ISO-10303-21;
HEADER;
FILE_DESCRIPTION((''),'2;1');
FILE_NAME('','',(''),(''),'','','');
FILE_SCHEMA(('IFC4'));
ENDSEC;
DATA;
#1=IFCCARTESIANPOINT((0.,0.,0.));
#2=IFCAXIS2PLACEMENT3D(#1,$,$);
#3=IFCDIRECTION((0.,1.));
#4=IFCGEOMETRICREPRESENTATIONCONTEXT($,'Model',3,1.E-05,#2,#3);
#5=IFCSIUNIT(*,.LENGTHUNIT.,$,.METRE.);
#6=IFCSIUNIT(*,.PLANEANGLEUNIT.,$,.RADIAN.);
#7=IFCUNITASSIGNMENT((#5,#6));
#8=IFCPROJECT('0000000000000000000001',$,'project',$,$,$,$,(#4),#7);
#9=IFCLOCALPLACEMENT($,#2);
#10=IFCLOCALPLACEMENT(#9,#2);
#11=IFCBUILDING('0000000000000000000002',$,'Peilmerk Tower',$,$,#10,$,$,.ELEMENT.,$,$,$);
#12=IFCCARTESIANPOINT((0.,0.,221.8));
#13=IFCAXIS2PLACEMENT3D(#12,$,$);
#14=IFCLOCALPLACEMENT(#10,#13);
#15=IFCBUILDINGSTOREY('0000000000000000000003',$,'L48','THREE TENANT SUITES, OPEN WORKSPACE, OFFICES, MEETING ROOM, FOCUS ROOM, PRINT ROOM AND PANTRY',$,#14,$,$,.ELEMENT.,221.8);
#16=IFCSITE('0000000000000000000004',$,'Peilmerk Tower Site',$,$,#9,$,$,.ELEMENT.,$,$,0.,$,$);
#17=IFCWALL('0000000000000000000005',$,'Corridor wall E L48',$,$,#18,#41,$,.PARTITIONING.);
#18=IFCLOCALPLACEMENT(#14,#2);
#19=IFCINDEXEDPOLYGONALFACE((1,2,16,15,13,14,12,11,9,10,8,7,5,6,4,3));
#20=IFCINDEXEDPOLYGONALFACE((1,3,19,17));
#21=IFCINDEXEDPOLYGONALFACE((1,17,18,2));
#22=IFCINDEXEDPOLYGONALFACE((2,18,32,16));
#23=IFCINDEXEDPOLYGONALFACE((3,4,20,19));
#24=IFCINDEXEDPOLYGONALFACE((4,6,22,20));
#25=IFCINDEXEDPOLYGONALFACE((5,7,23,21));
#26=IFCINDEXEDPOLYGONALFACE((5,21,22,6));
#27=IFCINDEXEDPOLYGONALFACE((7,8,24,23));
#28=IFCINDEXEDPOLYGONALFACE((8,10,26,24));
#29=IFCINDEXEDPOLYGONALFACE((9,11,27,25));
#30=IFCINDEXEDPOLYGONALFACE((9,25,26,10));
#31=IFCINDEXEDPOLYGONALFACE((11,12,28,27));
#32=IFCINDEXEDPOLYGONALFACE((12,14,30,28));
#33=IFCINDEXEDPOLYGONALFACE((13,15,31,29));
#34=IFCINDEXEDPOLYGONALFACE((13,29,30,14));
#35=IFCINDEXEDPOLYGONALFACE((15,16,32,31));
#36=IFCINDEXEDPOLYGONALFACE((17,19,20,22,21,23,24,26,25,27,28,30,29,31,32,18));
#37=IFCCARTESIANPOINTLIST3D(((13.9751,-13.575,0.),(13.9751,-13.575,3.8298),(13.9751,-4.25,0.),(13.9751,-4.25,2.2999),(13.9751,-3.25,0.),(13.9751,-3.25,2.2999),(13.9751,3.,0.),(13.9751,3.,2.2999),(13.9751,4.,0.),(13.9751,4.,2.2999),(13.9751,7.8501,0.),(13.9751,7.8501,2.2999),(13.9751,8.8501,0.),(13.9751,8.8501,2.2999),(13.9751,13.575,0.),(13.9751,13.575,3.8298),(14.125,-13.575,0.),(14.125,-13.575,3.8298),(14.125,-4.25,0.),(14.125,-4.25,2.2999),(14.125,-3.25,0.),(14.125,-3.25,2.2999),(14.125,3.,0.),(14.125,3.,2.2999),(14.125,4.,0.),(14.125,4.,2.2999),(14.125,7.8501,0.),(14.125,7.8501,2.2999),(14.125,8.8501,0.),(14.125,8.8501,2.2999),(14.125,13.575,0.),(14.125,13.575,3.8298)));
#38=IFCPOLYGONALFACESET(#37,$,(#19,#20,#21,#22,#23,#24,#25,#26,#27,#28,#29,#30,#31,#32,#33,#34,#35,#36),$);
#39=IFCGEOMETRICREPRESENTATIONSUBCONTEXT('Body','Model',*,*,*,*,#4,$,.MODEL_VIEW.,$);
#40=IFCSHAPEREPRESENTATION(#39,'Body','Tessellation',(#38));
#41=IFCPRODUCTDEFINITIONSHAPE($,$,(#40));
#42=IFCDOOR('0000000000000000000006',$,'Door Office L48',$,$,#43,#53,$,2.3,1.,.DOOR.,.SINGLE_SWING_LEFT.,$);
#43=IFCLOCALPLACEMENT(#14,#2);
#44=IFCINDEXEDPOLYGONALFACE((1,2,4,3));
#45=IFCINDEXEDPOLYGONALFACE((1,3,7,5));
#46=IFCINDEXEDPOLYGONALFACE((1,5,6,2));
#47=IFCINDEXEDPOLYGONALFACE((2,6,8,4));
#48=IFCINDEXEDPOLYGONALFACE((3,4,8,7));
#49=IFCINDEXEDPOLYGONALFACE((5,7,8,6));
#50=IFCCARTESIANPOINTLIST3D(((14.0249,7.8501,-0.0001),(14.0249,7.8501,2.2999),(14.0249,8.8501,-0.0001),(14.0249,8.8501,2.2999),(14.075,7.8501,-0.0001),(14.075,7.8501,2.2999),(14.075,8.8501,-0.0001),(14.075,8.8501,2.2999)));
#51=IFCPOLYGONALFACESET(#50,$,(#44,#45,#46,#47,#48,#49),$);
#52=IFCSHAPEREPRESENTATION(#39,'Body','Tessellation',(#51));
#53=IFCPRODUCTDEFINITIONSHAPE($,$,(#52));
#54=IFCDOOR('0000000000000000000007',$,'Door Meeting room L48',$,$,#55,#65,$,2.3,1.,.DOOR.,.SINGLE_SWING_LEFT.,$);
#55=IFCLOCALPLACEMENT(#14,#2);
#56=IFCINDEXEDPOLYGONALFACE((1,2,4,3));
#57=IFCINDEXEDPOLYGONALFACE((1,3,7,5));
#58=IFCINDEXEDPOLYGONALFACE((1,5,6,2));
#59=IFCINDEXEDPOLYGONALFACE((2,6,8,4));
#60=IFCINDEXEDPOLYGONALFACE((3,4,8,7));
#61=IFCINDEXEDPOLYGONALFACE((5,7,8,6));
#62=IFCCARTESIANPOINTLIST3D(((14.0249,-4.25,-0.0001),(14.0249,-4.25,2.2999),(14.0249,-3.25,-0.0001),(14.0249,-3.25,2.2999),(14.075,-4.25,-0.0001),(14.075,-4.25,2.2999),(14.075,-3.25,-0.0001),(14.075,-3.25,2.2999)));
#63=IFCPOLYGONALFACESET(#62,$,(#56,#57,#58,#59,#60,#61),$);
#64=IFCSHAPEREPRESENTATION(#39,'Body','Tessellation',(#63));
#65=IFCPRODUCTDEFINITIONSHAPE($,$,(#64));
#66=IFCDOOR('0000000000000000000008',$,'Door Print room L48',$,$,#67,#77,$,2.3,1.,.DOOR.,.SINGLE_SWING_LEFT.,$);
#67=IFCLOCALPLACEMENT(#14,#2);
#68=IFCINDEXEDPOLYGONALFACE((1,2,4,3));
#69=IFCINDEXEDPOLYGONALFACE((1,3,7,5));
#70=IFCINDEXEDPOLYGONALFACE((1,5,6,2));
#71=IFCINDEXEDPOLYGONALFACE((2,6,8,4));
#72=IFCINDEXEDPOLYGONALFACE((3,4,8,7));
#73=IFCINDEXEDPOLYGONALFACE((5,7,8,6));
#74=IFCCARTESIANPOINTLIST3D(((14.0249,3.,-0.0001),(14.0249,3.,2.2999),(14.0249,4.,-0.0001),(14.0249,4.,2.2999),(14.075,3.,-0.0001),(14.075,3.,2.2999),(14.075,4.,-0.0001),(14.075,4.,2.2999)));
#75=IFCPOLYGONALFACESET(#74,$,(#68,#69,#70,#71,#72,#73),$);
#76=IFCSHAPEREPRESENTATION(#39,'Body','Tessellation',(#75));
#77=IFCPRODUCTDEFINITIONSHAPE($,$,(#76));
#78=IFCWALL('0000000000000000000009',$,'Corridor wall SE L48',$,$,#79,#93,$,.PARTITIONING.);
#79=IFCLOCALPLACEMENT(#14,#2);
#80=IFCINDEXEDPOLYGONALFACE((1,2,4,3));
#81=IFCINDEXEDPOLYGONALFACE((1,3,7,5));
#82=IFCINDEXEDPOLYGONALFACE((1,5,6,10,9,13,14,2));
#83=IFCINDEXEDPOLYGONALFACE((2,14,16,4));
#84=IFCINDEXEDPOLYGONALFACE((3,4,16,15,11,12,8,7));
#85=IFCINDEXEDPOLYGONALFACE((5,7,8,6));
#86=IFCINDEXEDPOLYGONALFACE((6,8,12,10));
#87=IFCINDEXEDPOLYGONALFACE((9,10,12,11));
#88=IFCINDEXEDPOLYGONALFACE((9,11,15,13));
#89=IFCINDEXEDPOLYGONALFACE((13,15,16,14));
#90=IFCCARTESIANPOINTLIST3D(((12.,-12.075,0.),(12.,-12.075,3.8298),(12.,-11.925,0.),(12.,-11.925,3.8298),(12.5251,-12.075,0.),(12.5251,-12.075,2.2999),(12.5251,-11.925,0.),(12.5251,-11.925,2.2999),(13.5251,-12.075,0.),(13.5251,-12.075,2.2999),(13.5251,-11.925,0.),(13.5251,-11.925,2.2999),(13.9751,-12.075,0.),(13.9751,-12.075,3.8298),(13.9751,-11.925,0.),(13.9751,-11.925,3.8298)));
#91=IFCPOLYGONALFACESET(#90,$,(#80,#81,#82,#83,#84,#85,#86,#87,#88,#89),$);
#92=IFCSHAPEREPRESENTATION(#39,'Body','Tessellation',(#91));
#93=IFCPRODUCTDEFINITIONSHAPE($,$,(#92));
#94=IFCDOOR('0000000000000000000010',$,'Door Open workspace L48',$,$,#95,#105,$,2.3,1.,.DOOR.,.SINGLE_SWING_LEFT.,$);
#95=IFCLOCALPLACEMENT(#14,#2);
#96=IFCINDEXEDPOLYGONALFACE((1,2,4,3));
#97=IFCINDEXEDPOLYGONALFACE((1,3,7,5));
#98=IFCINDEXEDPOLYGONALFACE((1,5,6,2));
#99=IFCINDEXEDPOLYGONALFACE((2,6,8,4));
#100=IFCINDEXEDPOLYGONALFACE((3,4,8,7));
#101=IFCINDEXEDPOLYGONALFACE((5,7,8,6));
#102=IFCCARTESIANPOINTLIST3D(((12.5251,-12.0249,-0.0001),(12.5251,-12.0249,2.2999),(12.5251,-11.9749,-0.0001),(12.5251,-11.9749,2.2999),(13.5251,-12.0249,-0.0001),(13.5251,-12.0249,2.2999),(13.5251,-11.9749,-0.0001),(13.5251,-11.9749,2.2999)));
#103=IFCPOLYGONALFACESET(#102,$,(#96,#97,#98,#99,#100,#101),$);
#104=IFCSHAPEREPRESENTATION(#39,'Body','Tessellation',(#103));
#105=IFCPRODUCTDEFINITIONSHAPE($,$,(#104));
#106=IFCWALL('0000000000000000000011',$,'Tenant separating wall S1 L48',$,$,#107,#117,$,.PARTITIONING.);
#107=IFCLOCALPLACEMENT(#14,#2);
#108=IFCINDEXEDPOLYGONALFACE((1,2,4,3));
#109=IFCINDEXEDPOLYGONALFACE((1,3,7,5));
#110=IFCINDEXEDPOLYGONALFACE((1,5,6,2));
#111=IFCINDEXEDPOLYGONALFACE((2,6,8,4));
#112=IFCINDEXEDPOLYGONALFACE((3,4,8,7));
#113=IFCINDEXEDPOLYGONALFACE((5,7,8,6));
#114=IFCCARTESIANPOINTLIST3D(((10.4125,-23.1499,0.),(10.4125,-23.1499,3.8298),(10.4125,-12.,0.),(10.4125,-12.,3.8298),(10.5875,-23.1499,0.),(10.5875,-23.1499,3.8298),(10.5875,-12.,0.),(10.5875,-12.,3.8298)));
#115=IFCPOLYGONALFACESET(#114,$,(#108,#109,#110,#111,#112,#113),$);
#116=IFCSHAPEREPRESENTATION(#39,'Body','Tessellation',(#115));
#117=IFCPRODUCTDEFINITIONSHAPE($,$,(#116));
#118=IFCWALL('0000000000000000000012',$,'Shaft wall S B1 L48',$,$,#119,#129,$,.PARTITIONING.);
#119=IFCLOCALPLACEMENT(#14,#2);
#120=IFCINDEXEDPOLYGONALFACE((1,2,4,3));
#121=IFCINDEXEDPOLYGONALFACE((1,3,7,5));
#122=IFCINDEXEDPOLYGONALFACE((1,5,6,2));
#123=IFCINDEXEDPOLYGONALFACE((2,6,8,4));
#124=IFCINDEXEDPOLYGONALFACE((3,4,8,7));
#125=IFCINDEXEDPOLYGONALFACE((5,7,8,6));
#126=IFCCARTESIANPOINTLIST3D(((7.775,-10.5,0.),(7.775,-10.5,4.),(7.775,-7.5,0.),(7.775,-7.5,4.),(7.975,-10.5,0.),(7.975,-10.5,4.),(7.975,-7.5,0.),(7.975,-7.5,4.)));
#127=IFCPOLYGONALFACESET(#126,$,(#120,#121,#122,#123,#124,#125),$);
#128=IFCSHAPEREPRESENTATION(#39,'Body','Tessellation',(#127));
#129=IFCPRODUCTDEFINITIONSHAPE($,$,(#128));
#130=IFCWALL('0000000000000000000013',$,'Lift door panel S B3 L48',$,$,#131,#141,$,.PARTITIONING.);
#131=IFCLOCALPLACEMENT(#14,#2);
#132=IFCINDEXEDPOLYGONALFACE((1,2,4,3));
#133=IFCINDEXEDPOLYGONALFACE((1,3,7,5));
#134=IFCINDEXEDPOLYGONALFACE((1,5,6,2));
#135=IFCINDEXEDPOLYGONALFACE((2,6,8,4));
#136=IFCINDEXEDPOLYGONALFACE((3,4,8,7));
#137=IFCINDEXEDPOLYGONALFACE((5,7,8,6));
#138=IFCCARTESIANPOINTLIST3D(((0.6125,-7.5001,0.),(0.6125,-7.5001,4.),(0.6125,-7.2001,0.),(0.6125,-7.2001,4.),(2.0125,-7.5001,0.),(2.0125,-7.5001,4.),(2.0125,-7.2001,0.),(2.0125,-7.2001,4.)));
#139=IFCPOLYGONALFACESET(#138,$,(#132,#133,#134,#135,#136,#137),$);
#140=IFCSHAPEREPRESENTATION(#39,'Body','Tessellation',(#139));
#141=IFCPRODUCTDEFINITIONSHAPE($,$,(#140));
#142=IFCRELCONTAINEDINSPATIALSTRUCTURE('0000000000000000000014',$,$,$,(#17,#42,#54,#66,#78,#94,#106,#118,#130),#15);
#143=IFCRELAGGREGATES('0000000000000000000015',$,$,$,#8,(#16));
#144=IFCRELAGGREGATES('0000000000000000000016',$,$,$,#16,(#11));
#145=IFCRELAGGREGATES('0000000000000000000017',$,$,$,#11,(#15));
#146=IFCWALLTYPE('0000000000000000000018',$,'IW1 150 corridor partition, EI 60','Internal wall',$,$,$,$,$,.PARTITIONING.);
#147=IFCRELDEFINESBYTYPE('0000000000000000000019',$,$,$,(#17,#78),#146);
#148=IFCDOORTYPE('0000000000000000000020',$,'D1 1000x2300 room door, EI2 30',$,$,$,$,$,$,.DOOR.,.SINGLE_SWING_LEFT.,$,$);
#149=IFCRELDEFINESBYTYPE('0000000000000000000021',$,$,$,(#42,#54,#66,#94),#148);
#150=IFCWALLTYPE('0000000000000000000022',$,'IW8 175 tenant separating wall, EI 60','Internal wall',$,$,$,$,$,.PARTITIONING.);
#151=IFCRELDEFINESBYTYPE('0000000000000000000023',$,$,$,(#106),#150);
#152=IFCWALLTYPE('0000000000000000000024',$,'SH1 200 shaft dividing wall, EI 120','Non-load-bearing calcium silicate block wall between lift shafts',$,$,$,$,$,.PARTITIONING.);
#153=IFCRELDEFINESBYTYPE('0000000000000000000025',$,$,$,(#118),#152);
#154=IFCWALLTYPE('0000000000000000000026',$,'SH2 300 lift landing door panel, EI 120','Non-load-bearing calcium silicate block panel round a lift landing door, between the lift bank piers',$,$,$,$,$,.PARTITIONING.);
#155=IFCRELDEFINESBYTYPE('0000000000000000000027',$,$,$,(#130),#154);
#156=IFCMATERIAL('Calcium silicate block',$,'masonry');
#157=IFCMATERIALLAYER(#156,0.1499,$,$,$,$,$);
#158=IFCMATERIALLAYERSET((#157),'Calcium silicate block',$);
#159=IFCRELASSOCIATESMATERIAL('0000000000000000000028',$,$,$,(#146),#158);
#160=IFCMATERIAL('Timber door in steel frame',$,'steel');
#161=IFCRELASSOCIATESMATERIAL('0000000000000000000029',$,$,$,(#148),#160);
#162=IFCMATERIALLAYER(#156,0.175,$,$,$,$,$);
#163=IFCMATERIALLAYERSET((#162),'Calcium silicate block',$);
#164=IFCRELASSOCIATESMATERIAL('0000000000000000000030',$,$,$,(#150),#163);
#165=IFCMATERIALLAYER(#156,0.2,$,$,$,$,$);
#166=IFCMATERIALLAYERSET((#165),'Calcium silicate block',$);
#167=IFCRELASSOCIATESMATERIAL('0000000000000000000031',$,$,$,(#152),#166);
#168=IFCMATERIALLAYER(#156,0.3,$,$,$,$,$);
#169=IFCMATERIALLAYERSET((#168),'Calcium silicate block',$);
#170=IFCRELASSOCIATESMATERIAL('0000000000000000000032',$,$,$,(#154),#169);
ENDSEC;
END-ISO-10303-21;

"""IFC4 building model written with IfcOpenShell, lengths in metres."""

from ifc_helpers import new_model, si_unit, direction, frame, frame_2d, origin, place, context, subcontext, project, spatial, rectangle, extrude, material, layer, layer_set, type_object, element, fill, save


model = new_model("IFC4")

# Units and contexts
model_context = context("Model", 3, precision=1e-05, world=origin(), true_north=direction((0.0, 1.0)))
body_context = subcontext(model_context, "Body", "Model", "MODEL_VIEW")
ifc_project = project(units=[si_unit("LENGTHUNIT", "METRE"), si_unit("PLANEANGLEUNIT", "RADIAN")], contexts=[model_context])

# Site, building, storey
site_placement = place(None, origin())
site = spatial("IfcSite", under=ifc_project, at=site_placement, Name="Peilmerk Tower Site", CompositionType="ELEMENT", RefElevation=0.0)
building_placement = place(site_placement, origin())
building = spatial("IfcBuilding", under=site, at=building_placement, Name="Peilmerk Tower", CompositionType="ELEMENT")
storey_placement = place(building_placement, frame((0.0, 0.0, 221.8)))
storey = spatial("IfcBuildingStorey", under=building, at=storey_placement, Name="L48", Description="THREE TENANT SUITES, OPEN WORKSPACE, OFFICES, MEETING ROOM, FOCUS ROOM, PRINT ROOM AND PANTRY", CompositionType="ELEMENT", Elevation=221.8)

# Wall, openings, doors
ifc_material_1 = material(Name="Calcium silicate block", Category="masonry")
ifc_layer_1 = layer(ifc_material_1, 0.1499)
ifc_layer_set_1 = layer_set([ifc_layer_1], Name="Calcium silicate block")
wall_type_1 = type_object("IfcWallType", Name="IW1 150 corridor partition, EI 60", Description="Internal wall", PredefinedType="PARTITIONING", material=ifc_layer_set_1)
wall_1_placement = place(storey_placement, frame((14.05, -13.575, 0.0), z_axis=(0.0, 0.0, 1.0), x_axis=(0.0, 1.0, 0.0)))
wall_1 = element("IfcWall", 1, at=wall_1_placement, inside=storey, type_object=wall_type_1, Name="Corridor wall E L48", PredefinedType="PARTITIONING", context=body_context, shape_type="SweptSolid", body=[
    extrude(rectangle(XDim=27.1499, YDim=0.1499, at=frame_2d((13.575, 0.0))), origin(), (0.0, 0.0, 1.0), 3.8298),
])
opening_1_placement = place(wall_1_placement, frame((21.425, 0.0, 0.0)))
opening_1 = element("IfcOpeningElement", 2, at=opening_1_placement, cuts=wall_1, PredefinedType="OPENING", context=body_context, shape_type="SweptSolid", body=[
    extrude(rectangle(XDim=1.0, YDim=2.3, at=frame_2d((0.5, 1.1499))), frame((0.0, 0.085, 0.0), z_axis=(0.0, -1.0, 0.0), x_axis=(1.0, 0.0, 0.0)), (0.0, 0.0, 1.0), 0.1699),
])
opening_2_placement = place(wall_1_placement, frame((9.325, 0.0, 0.0)))
opening_2 = element("IfcOpeningElement", 3, at=opening_2_placement, cuts=wall_1, PredefinedType="OPENING", context=body_context, shape_type="SweptSolid", body=[
    extrude(rectangle(XDim=1.0, YDim=2.3, at=frame_2d((0.5, 1.1499))), frame((0.0, 0.085, 0.0), z_axis=(0.0, -1.0, 0.0), x_axis=(1.0, 0.0, 0.0)), (0.0, 0.0, 1.0), 0.1699),
])
opening_3_placement = place(wall_1_placement, frame((16.575, 0.0, 0.0)))
opening_3 = element("IfcOpeningElement", 4, at=opening_3_placement, cuts=wall_1, PredefinedType="OPENING", context=body_context, shape_type="SweptSolid", body=[
    extrude(rectangle(XDim=1.0, YDim=2.3, at=frame_2d((0.5, 1.1499))), frame((0.0, 0.085, 0.0), z_axis=(0.0, -1.0, 0.0), x_axis=(1.0, 0.0, 0.0)), (0.0, 0.0, 1.0), 0.1699),
])
ifc_material_2 = material(Name="Timber door in steel frame", Category="steel")
door_type_1 = type_object("IfcDoorType", Name="D1 1000x2300 room door, EI2 30", OperationType="SINGLE_SWING_LEFT", PredefinedType="DOOR", material=ifc_material_2)
door_1_placement = place(opening_1_placement, frame((1.0, 0.0, 0.0), z_axis=(0.0, 0.0, 1.0), x_axis=(-1.0, 0.0, 0.0)))
door_1 = element("IfcDoor", 5, at=door_1_placement, inside=storey, type_object=door_type_1, Name="Door Office L48", OperationType="SINGLE_SWING_LEFT", OverallHeight=2.3, OverallWidth=1.0, PredefinedType="DOOR", context=body_context, shape_type="SweptSolid", body=[
    extrude(rectangle(XDim=1.0, YDim=2.3, at=frame_2d((0.5, 1.1499))), frame((0.0, 0.0249, 0.0), z_axis=(0.0, -1.0, 0.0), x_axis=(1.0, 0.0, 0.0)), (0.0, 0.0, 1.0), 0.05),
])
fill(opening_1, door_1)
door_2_placement = place(opening_2_placement, frame((1.0, 0.0, 0.0), z_axis=(0.0, 0.0, 1.0), x_axis=(-1.0, 0.0, 0.0)))
door_2 = element("IfcDoor", 6, at=door_2_placement, inside=storey, type_object=door_type_1, Name="Door Meeting room L48", OperationType="SINGLE_SWING_LEFT", OverallHeight=2.3, OverallWidth=1.0, PredefinedType="DOOR", context=body_context, shape_type="SweptSolid", body=[
    extrude(rectangle(XDim=1.0, YDim=2.3, at=frame_2d((0.5, 1.1499))), frame((0.0, 0.0249, 0.0), z_axis=(0.0, -1.0, 0.0), x_axis=(1.0, 0.0, 0.0)), (0.0, 0.0, 1.0), 0.05),
])
fill(opening_2, door_2)
door_3_placement = place(opening_3_placement, frame((1.0, 0.0, 0.0), z_axis=(0.0, 0.0, 1.0), x_axis=(-1.0, 0.0, 0.0)))
door_3 = element("IfcDoor", 7, at=door_3_placement, inside=storey, type_object=door_type_1, Name="Door Print room L48", OperationType="SINGLE_SWING_LEFT", OverallHeight=2.3, OverallWidth=1.0, PredefinedType="DOOR", context=body_context, shape_type="SweptSolid", body=[
    extrude(rectangle(XDim=1.0, YDim=2.3, at=frame_2d((0.5, 1.1499))), frame((0.0, 0.0249, 0.0), z_axis=(0.0, -1.0, 0.0), x_axis=(1.0, 0.0, 0.0)), (0.0, 0.0, 1.0), 0.05),
])
fill(opening_3, door_3)

# Wall, opening, door
wall_2_placement = place(storey_placement, frame((13.9751, -12.0, 0.0), z_axis=(0.0, 0.0, 1.0), x_axis=(-1.0, 0.0, 0.0)))
wall_2 = element("IfcWall", 8, at=wall_2_placement, inside=storey, type_object=wall_type_1, Name="Corridor wall SE L48", PredefinedType="PARTITIONING", context=body_context, shape_type="SweptSolid", body=[
    extrude(rectangle(XDim=1.9751, YDim=0.1499, at=frame_2d((0.9875, 0.0))), origin(), (0.0, 0.0, 1.0), 3.8298),
])
opening_4_placement = place(wall_2_placement, frame((0.45, 0.0, 0.0)))
opening_4 = element("IfcOpeningElement", 9, at=opening_4_placement, cuts=wall_2, PredefinedType="OPENING", context=body_context, shape_type="SweptSolid", body=[
    extrude(rectangle(XDim=1.0, YDim=2.3, at=frame_2d((0.5, 1.1499))), frame((0.0, 0.085, 0.0), z_axis=(0.0, -1.0, 0.0), x_axis=(1.0, 0.0, 0.0)), (0.0, 0.0, 1.0), 0.1699),
])
door_4_placement = place(opening_4_placement, origin())
door_4 = element("IfcDoor", 10, at=door_4_placement, inside=storey, type_object=door_type_1, Name="Door Open workspace L48", OperationType="SINGLE_SWING_LEFT", OverallHeight=2.3, OverallWidth=1.0, PredefinedType="DOOR", context=body_context, shape_type="SweptSolid", body=[
    extrude(rectangle(XDim=1.0, YDim=2.3, at=frame_2d((0.5, 1.1499))), frame((0.0, 0.0249, 0.0), z_axis=(0.0, -1.0, 0.0), x_axis=(1.0, 0.0, 0.0)), (0.0, 0.0, 1.0), 0.05),
])
fill(opening_4, door_4)

# Walls
ifc_layer_2 = layer(ifc_material_1, 0.175)
ifc_layer_set_2 = layer_set([ifc_layer_2], Name="Calcium silicate block")
wall_type_2 = type_object("IfcWallType", Name="IW8 175 tenant separating wall, EI 60", Description="Internal wall", PredefinedType="PARTITIONING", material=ifc_layer_set_2)
wall_3_placement = place(storey_placement, frame((10.5, -12.0, 0.0), z_axis=(0.0, 0.0, 1.0), x_axis=(0.0, -1.0, 0.0)))
element("IfcWall", 11, at=wall_3_placement, inside=storey, type_object=wall_type_2, Name="Tenant separating wall S1 L48", PredefinedType="PARTITIONING", context=body_context, shape_type="SweptSolid", body=[
    extrude(rectangle(XDim=11.1499, YDim=0.175, at=frame_2d((5.575, 0.0))), origin(), (0.0, 0.0, 1.0), 3.8298),
])
ifc_layer_3 = layer(ifc_material_1, 0.2)
ifc_layer_set_3 = layer_set([ifc_layer_3], Name="Calcium silicate block")
wall_type_3 = type_object("IfcWallType", Name="SH1 200 shaft dividing wall, EI 120", Description="Non-load-bearing calcium silicate block wall between lift shafts", PredefinedType="PARTITIONING", material=ifc_layer_set_3)
wall_4_placement = place(storey_placement, frame((7.875, -10.5, 0.0), z_axis=(0.0, 0.0, 1.0), x_axis=(0.0, 1.0, 0.0)))
element("IfcWall", 12, at=wall_4_placement, inside=storey, type_object=wall_type_3, Name="Shaft wall S B1 L48", PredefinedType="PARTITIONING", context=body_context, shape_type="SweptSolid", body=[
    extrude(rectangle(XDim=3.0, YDim=0.2, at=frame_2d((1.5, 0.0))), origin(), (0.0, 0.0, 1.0), 4.0),
])
ifc_layer_4 = layer(ifc_material_1, 0.3)
ifc_layer_set_4 = layer_set([ifc_layer_4], Name="Calcium silicate block")
wall_type_4 = type_object("IfcWallType", Name="SH2 300 lift landing door panel, EI 120", Description="Non-load-bearing calcium silicate block panel round a lift landing door, between the lift bank piers", PredefinedType="PARTITIONING", material=ifc_layer_set_4)
wall_5_placement = place(storey_placement, frame((0.6125, -7.3501, 0.0), z_axis=(0.0, 0.0, 1.0), x_axis=(1.0, 0.0, 0.0)))
element("IfcWall", 13, at=wall_5_placement, inside=storey, type_object=wall_type_4, Name="Lift door panel S B3 L48", PredefinedType="PARTITIONING", context=body_context, shape_type="SweptSolid", body=[
    extrude(rectangle(XDim=1.3999, YDim=0.3, at=frame_2d((0.7, 0.0))), origin(), (0.0, 0.0, 1.0), 4.0),
])

save(model, "model.ifc")
